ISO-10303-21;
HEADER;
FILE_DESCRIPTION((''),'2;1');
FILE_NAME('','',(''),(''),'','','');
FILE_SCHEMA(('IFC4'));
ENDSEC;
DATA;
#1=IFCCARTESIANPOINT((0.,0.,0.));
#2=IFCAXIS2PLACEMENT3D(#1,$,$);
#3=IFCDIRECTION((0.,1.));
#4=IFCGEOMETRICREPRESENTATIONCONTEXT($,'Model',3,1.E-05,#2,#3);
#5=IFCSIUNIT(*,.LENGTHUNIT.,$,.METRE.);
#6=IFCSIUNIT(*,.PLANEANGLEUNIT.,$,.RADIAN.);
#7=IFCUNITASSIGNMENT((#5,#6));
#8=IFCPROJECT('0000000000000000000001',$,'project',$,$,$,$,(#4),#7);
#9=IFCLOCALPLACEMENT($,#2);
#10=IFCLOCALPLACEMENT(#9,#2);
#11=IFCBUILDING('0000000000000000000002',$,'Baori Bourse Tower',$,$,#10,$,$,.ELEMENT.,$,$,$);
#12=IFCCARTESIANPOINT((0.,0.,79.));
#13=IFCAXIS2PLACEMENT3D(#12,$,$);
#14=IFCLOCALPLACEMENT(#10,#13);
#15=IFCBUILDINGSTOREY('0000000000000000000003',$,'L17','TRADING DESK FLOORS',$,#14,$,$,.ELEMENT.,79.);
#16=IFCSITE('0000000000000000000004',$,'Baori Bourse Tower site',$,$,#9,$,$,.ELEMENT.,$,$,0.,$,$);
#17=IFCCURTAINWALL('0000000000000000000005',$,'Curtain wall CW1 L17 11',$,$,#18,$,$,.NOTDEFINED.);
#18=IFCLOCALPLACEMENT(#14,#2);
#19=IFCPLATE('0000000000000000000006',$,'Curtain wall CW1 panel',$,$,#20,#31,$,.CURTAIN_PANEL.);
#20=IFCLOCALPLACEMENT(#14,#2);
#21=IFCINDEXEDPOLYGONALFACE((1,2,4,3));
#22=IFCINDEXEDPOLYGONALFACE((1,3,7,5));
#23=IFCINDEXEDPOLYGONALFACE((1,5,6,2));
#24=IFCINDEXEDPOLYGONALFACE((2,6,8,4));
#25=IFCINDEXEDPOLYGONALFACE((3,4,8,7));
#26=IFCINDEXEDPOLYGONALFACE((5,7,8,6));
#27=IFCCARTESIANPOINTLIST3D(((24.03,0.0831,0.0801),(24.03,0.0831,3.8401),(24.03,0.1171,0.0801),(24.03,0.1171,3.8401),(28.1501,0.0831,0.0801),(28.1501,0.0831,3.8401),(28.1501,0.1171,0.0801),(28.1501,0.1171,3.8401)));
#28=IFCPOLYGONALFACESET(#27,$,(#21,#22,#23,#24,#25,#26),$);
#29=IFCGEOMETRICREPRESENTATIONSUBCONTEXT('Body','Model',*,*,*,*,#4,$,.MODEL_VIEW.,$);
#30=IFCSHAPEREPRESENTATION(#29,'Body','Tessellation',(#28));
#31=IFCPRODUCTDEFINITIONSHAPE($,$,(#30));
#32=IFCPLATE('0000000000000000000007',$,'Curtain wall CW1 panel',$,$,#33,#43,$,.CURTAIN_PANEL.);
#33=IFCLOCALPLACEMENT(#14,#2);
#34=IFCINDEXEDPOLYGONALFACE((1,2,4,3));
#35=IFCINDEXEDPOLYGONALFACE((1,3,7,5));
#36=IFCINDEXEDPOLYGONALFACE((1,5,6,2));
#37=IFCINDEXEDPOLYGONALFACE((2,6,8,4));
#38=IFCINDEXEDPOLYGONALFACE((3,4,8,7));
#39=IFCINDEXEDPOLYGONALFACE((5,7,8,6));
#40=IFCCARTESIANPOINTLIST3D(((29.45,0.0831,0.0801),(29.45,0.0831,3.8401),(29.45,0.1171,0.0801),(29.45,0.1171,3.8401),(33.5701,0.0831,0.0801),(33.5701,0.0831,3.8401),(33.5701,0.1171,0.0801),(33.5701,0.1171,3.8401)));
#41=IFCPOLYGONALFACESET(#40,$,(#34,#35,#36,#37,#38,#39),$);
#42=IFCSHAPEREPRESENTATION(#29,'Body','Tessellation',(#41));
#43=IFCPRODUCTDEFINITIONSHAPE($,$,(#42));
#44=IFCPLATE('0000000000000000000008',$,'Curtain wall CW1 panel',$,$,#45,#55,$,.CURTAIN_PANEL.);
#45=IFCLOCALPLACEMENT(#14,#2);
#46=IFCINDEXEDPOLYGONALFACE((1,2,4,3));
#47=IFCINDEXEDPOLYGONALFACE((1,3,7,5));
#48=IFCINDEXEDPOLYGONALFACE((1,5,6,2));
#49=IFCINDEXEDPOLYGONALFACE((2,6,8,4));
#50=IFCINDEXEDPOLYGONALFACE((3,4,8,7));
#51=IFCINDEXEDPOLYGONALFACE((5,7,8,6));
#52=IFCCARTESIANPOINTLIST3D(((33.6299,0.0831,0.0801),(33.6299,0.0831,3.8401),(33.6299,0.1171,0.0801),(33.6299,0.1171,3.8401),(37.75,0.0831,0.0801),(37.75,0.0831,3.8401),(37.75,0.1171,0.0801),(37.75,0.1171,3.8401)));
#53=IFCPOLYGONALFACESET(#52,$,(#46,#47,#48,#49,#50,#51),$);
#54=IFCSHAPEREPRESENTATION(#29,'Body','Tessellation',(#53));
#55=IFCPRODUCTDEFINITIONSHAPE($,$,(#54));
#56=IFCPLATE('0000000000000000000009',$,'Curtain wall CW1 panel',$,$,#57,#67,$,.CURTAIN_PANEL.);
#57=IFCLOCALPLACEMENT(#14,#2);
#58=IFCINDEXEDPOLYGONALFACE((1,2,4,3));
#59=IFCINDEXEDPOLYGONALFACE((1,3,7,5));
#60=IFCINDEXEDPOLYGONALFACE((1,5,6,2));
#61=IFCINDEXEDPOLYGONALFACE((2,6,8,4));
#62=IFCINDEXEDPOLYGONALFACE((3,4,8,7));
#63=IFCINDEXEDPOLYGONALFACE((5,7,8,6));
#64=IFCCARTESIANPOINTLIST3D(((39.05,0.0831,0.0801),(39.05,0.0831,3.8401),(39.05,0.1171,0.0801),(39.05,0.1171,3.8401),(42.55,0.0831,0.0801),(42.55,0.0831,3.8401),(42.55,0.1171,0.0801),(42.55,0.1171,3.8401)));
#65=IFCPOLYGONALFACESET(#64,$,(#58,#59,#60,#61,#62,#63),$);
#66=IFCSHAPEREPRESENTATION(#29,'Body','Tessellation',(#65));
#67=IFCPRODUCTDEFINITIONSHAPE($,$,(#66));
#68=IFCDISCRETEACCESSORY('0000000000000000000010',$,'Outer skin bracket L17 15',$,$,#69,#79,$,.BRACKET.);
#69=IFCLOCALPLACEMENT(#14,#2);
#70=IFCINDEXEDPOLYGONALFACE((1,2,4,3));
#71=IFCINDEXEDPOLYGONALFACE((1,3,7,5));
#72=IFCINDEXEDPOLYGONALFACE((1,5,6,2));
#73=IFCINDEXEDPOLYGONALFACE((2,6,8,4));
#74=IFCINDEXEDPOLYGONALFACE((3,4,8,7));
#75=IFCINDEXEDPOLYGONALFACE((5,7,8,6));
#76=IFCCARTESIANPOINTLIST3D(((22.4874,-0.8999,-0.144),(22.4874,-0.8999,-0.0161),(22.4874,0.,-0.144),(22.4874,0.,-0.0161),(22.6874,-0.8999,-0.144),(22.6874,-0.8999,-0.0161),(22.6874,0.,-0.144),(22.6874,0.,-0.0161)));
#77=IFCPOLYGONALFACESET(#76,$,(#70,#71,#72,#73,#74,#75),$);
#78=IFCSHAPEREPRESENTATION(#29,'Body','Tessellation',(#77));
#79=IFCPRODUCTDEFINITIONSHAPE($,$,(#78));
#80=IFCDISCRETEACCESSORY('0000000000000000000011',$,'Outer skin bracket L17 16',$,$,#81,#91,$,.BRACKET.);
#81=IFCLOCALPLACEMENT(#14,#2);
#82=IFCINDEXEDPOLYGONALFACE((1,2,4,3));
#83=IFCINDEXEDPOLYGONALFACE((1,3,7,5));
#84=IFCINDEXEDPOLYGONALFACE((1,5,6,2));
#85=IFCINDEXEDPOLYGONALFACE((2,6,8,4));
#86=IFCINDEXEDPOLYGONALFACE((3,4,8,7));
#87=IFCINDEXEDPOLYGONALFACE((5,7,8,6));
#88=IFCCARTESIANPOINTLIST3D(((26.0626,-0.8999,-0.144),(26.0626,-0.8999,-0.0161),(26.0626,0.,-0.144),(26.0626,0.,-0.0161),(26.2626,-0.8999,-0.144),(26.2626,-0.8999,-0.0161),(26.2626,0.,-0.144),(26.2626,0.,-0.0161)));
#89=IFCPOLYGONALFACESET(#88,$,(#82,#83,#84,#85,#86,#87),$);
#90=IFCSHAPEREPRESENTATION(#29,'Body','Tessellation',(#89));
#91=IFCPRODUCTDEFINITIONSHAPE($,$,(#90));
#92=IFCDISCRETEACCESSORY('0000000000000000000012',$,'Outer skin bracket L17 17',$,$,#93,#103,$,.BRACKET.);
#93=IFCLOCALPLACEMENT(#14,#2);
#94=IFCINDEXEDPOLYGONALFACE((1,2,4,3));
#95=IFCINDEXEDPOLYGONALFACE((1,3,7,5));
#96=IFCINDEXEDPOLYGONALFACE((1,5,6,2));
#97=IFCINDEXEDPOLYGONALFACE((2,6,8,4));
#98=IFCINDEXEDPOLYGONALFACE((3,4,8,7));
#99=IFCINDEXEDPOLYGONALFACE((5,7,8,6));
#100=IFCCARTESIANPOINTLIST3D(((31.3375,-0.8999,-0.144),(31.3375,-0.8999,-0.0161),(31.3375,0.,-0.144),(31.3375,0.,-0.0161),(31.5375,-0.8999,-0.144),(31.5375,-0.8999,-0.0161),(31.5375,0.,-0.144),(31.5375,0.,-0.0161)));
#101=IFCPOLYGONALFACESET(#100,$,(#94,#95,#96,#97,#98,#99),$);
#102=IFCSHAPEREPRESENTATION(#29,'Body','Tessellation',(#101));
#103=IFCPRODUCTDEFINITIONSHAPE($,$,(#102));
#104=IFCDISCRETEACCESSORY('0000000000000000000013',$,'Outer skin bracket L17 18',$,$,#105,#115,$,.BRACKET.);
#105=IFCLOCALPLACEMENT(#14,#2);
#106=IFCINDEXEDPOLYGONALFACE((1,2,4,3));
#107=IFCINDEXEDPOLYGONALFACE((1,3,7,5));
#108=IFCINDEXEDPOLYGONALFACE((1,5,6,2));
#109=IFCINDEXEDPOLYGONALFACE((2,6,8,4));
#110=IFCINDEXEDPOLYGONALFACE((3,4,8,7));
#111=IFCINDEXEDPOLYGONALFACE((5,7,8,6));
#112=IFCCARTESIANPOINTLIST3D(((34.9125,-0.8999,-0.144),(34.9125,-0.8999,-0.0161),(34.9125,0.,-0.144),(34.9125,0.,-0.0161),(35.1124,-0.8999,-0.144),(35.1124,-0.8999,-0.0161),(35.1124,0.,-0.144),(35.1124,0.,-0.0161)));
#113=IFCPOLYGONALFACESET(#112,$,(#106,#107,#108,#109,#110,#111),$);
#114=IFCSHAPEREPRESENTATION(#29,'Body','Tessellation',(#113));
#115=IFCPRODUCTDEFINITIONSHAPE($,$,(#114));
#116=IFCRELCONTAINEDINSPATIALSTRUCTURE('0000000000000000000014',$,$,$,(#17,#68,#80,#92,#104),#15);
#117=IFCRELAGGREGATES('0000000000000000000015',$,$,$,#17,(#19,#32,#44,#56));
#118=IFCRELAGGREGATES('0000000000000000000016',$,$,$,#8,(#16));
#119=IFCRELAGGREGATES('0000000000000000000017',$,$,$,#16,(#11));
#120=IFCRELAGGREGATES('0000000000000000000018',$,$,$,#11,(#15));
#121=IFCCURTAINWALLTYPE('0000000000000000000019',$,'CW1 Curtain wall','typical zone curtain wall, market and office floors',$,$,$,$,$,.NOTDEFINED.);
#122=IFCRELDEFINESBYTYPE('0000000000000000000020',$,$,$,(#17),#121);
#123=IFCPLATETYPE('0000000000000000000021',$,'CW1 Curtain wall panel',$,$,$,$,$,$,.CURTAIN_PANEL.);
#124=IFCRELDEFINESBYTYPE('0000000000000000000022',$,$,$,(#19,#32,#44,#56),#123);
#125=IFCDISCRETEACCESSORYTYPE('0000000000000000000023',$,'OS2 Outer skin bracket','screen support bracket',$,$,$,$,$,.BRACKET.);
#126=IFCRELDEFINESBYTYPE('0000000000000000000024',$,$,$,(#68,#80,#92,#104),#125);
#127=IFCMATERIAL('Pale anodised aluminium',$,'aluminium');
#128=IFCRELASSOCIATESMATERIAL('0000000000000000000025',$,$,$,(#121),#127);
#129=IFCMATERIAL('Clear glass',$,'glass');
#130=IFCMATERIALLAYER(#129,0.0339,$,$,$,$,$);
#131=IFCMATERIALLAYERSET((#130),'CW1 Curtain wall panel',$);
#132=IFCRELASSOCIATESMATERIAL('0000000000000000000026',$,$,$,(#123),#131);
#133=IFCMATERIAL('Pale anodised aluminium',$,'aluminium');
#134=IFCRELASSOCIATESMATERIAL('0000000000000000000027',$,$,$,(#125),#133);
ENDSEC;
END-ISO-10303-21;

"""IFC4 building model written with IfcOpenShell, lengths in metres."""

from ifc_helpers import new_model, si_unit, direction, frame, origin, origin_2d, place, context, subcontext, project, spatial, rectangle, extrude, material, layer, layer_set, type_object, element, aggregate, save


model = new_model("IFC4")

# Units and contexts
model_context = context("Model", 3, precision=1e-05, world=origin(), true_north=direction((0.0, 1.0)))
body_context = subcontext(model_context, "Body", "Model", "MODEL_VIEW")
ifc_project = project(units=[si_unit("LENGTHUNIT", "METRE"), si_unit("PLANEANGLEUNIT", "RADIAN")], contexts=[model_context])

# Site, building, storey
site_placement = place(None, origin())
site = spatial("IfcSite", under=ifc_project, at=site_placement, Name="Baori Bourse Tower site", CompositionType="ELEMENT", RefElevation=0.0)
building_placement = place(site_placement, origin())
building = spatial("IfcBuilding", under=site, at=building_placement, Name="Baori Bourse Tower", CompositionType="ELEMENT")
storey_placement = place(building_placement, frame((0.0, 0.0, 79.0)))
storey = spatial("IfcBuildingStorey", under=building, at=storey_placement, Name="L17", Description="TRADING DESK FLOORS", CompositionType="ELEMENT", Elevation=79.0)

# Curtain wall
ifc_material_1 = material(Name="Pale anodised aluminium", Category="aluminium")
curtain_wall_type = type_object("IfcCurtainWallType", Name="CW1 Curtain wall", Description="typical zone curtain wall, market and office floors", PredefinedType="NOTDEFINED", material=ifc_material_1)
curtain_wall_placement = place(storey_placement, origin())
curtain_wall = element("IfcCurtainWall", 1, at=curtain_wall_placement, inside=storey, type_object=curtain_wall_type, Name="Curtain wall CW1 L17 11", PredefinedType="NOTDEFINED")

# Plates
ifc_material_2 = material(Name="Clear glass", Category="glass")
ifc_layer = layer(ifc_material_2, 0.0339)
ifc_layer_set = layer_set([ifc_layer], Name="CW1 Curtain wall panel")
plate_type = type_object("IfcPlateType", Name="CW1 Curtain wall panel", PredefinedType="CURTAIN_PANEL", material=ifc_layer_set)
plate_1_placement = place(storey_placement, frame((26.0901, 0.1001, 0.0801), z_axis=(0.0, 0.0, 1.0), x_axis=(1.0, 0.0, 0.0)))
plate_1 = element("IfcPlate", 2, at=plate_1_placement, type_object=plate_type, Name="Curtain wall CW1 panel", PredefinedType="CURTAIN_PANEL", context=body_context, shape_type="SweptSolid", body=[
    extrude(rectangle(XDim=4.1201, YDim=0.0339, at=origin_2d()), origin(), (0.0, 0.0, 1.0), 3.76),
])
plate_2_placement = place(storey_placement, frame((31.51, 0.1001, 0.0801), z_axis=(0.0, 0.0, 1.0), x_axis=(1.0, 0.0, 0.0)))
plate_2 = element("IfcPlate", 3, at=plate_2_placement, type_object=plate_type, Name="Curtain wall CW1 panel", PredefinedType="CURTAIN_PANEL", context=body_context, shape_type="SweptSolid", body=[
    extrude(rectangle(XDim=4.1201, YDim=0.0339, at=origin_2d()), origin(), (0.0, 0.0, 1.0), 3.76),
])
plate_3_placement = place(storey_placement, frame((35.6899, 0.1001, 0.0801), z_axis=(0.0, 0.0, 1.0), x_axis=(1.0, 0.0, 0.0)))
plate_3 = element("IfcPlate", 4, at=plate_3_placement, type_object=plate_type, Name="Curtain wall CW1 panel", PredefinedType="CURTAIN_PANEL", context=body_context, shape_type="SweptSolid", body=[
    extrude(rectangle(XDim=4.1201, YDim=0.0339, at=origin_2d()), origin(), (0.0, 0.0, 1.0), 3.76),
])
plate_4_placement = place(storey_placement, frame((40.8, 0.1001, 0.0801), z_axis=(0.0, 0.0, 1.0), x_axis=(1.0, 0.0, 0.0)))
plate_4 = element("IfcPlate", 5, at=plate_4_placement, type_object=plate_type, Name="Curtain wall CW1 panel", PredefinedType="CURTAIN_PANEL", context=body_context, shape_type="SweptSolid", body=[
    extrude(rectangle(XDim=3.5, YDim=0.0339, at=origin_2d()), origin(), (0.0, 0.0, 1.0), 3.76),
])
aggregate(curtain_wall, [plate_1, plate_2, plate_3, plate_4])

# Discrete accessories
ifc_material_3 = material(Name="Pale anodised aluminium", Category="aluminium")
discrete_accessory_type = type_object("IfcDiscreteAccessoryType", Name="OS2 Outer skin bracket", Description="screen support bracket", PredefinedType="BRACKET", material=ifc_material_3)
for number, where, z_axis, x_axis, name in (
    (6, (22.5874, -0.45, -0.144), (0.0, 0.0, 1.0), (1.0, 0.0, 0.0), "Outer skin bracket L17 15"),
    (7, (26.1626, -0.45, -0.144), (0.0, 0.0, 1.0), (1.0, 0.0, 0.0), "Outer skin bracket L17 16"),
    (8, (31.4375, -0.45, -0.144), (0.0, 0.0, 1.0), (1.0, 0.0, 0.0), "Outer skin bracket L17 17"),
    (9, (35.0125, -0.45, -0.144), (0.0, 0.0, 1.0), (1.0, 0.0, 0.0), "Outer skin bracket L17 18"),
):
    element("IfcDiscreteAccessory", number, at=place(storey_placement, frame(where, z_axis=z_axis, x_axis=x_axis)), inside=storey, type_object=discrete_accessory_type, Name=name, PredefinedType="BRACKET", context=body_context, shape_type="SweptSolid", body=[
        extrude(rectangle(XDim=0.2, YDim=0.8999, at=origin_2d()), origin(), (0.0, 0.0, 1.0), 0.1279),
    ])

save(model, "model.ifc")
